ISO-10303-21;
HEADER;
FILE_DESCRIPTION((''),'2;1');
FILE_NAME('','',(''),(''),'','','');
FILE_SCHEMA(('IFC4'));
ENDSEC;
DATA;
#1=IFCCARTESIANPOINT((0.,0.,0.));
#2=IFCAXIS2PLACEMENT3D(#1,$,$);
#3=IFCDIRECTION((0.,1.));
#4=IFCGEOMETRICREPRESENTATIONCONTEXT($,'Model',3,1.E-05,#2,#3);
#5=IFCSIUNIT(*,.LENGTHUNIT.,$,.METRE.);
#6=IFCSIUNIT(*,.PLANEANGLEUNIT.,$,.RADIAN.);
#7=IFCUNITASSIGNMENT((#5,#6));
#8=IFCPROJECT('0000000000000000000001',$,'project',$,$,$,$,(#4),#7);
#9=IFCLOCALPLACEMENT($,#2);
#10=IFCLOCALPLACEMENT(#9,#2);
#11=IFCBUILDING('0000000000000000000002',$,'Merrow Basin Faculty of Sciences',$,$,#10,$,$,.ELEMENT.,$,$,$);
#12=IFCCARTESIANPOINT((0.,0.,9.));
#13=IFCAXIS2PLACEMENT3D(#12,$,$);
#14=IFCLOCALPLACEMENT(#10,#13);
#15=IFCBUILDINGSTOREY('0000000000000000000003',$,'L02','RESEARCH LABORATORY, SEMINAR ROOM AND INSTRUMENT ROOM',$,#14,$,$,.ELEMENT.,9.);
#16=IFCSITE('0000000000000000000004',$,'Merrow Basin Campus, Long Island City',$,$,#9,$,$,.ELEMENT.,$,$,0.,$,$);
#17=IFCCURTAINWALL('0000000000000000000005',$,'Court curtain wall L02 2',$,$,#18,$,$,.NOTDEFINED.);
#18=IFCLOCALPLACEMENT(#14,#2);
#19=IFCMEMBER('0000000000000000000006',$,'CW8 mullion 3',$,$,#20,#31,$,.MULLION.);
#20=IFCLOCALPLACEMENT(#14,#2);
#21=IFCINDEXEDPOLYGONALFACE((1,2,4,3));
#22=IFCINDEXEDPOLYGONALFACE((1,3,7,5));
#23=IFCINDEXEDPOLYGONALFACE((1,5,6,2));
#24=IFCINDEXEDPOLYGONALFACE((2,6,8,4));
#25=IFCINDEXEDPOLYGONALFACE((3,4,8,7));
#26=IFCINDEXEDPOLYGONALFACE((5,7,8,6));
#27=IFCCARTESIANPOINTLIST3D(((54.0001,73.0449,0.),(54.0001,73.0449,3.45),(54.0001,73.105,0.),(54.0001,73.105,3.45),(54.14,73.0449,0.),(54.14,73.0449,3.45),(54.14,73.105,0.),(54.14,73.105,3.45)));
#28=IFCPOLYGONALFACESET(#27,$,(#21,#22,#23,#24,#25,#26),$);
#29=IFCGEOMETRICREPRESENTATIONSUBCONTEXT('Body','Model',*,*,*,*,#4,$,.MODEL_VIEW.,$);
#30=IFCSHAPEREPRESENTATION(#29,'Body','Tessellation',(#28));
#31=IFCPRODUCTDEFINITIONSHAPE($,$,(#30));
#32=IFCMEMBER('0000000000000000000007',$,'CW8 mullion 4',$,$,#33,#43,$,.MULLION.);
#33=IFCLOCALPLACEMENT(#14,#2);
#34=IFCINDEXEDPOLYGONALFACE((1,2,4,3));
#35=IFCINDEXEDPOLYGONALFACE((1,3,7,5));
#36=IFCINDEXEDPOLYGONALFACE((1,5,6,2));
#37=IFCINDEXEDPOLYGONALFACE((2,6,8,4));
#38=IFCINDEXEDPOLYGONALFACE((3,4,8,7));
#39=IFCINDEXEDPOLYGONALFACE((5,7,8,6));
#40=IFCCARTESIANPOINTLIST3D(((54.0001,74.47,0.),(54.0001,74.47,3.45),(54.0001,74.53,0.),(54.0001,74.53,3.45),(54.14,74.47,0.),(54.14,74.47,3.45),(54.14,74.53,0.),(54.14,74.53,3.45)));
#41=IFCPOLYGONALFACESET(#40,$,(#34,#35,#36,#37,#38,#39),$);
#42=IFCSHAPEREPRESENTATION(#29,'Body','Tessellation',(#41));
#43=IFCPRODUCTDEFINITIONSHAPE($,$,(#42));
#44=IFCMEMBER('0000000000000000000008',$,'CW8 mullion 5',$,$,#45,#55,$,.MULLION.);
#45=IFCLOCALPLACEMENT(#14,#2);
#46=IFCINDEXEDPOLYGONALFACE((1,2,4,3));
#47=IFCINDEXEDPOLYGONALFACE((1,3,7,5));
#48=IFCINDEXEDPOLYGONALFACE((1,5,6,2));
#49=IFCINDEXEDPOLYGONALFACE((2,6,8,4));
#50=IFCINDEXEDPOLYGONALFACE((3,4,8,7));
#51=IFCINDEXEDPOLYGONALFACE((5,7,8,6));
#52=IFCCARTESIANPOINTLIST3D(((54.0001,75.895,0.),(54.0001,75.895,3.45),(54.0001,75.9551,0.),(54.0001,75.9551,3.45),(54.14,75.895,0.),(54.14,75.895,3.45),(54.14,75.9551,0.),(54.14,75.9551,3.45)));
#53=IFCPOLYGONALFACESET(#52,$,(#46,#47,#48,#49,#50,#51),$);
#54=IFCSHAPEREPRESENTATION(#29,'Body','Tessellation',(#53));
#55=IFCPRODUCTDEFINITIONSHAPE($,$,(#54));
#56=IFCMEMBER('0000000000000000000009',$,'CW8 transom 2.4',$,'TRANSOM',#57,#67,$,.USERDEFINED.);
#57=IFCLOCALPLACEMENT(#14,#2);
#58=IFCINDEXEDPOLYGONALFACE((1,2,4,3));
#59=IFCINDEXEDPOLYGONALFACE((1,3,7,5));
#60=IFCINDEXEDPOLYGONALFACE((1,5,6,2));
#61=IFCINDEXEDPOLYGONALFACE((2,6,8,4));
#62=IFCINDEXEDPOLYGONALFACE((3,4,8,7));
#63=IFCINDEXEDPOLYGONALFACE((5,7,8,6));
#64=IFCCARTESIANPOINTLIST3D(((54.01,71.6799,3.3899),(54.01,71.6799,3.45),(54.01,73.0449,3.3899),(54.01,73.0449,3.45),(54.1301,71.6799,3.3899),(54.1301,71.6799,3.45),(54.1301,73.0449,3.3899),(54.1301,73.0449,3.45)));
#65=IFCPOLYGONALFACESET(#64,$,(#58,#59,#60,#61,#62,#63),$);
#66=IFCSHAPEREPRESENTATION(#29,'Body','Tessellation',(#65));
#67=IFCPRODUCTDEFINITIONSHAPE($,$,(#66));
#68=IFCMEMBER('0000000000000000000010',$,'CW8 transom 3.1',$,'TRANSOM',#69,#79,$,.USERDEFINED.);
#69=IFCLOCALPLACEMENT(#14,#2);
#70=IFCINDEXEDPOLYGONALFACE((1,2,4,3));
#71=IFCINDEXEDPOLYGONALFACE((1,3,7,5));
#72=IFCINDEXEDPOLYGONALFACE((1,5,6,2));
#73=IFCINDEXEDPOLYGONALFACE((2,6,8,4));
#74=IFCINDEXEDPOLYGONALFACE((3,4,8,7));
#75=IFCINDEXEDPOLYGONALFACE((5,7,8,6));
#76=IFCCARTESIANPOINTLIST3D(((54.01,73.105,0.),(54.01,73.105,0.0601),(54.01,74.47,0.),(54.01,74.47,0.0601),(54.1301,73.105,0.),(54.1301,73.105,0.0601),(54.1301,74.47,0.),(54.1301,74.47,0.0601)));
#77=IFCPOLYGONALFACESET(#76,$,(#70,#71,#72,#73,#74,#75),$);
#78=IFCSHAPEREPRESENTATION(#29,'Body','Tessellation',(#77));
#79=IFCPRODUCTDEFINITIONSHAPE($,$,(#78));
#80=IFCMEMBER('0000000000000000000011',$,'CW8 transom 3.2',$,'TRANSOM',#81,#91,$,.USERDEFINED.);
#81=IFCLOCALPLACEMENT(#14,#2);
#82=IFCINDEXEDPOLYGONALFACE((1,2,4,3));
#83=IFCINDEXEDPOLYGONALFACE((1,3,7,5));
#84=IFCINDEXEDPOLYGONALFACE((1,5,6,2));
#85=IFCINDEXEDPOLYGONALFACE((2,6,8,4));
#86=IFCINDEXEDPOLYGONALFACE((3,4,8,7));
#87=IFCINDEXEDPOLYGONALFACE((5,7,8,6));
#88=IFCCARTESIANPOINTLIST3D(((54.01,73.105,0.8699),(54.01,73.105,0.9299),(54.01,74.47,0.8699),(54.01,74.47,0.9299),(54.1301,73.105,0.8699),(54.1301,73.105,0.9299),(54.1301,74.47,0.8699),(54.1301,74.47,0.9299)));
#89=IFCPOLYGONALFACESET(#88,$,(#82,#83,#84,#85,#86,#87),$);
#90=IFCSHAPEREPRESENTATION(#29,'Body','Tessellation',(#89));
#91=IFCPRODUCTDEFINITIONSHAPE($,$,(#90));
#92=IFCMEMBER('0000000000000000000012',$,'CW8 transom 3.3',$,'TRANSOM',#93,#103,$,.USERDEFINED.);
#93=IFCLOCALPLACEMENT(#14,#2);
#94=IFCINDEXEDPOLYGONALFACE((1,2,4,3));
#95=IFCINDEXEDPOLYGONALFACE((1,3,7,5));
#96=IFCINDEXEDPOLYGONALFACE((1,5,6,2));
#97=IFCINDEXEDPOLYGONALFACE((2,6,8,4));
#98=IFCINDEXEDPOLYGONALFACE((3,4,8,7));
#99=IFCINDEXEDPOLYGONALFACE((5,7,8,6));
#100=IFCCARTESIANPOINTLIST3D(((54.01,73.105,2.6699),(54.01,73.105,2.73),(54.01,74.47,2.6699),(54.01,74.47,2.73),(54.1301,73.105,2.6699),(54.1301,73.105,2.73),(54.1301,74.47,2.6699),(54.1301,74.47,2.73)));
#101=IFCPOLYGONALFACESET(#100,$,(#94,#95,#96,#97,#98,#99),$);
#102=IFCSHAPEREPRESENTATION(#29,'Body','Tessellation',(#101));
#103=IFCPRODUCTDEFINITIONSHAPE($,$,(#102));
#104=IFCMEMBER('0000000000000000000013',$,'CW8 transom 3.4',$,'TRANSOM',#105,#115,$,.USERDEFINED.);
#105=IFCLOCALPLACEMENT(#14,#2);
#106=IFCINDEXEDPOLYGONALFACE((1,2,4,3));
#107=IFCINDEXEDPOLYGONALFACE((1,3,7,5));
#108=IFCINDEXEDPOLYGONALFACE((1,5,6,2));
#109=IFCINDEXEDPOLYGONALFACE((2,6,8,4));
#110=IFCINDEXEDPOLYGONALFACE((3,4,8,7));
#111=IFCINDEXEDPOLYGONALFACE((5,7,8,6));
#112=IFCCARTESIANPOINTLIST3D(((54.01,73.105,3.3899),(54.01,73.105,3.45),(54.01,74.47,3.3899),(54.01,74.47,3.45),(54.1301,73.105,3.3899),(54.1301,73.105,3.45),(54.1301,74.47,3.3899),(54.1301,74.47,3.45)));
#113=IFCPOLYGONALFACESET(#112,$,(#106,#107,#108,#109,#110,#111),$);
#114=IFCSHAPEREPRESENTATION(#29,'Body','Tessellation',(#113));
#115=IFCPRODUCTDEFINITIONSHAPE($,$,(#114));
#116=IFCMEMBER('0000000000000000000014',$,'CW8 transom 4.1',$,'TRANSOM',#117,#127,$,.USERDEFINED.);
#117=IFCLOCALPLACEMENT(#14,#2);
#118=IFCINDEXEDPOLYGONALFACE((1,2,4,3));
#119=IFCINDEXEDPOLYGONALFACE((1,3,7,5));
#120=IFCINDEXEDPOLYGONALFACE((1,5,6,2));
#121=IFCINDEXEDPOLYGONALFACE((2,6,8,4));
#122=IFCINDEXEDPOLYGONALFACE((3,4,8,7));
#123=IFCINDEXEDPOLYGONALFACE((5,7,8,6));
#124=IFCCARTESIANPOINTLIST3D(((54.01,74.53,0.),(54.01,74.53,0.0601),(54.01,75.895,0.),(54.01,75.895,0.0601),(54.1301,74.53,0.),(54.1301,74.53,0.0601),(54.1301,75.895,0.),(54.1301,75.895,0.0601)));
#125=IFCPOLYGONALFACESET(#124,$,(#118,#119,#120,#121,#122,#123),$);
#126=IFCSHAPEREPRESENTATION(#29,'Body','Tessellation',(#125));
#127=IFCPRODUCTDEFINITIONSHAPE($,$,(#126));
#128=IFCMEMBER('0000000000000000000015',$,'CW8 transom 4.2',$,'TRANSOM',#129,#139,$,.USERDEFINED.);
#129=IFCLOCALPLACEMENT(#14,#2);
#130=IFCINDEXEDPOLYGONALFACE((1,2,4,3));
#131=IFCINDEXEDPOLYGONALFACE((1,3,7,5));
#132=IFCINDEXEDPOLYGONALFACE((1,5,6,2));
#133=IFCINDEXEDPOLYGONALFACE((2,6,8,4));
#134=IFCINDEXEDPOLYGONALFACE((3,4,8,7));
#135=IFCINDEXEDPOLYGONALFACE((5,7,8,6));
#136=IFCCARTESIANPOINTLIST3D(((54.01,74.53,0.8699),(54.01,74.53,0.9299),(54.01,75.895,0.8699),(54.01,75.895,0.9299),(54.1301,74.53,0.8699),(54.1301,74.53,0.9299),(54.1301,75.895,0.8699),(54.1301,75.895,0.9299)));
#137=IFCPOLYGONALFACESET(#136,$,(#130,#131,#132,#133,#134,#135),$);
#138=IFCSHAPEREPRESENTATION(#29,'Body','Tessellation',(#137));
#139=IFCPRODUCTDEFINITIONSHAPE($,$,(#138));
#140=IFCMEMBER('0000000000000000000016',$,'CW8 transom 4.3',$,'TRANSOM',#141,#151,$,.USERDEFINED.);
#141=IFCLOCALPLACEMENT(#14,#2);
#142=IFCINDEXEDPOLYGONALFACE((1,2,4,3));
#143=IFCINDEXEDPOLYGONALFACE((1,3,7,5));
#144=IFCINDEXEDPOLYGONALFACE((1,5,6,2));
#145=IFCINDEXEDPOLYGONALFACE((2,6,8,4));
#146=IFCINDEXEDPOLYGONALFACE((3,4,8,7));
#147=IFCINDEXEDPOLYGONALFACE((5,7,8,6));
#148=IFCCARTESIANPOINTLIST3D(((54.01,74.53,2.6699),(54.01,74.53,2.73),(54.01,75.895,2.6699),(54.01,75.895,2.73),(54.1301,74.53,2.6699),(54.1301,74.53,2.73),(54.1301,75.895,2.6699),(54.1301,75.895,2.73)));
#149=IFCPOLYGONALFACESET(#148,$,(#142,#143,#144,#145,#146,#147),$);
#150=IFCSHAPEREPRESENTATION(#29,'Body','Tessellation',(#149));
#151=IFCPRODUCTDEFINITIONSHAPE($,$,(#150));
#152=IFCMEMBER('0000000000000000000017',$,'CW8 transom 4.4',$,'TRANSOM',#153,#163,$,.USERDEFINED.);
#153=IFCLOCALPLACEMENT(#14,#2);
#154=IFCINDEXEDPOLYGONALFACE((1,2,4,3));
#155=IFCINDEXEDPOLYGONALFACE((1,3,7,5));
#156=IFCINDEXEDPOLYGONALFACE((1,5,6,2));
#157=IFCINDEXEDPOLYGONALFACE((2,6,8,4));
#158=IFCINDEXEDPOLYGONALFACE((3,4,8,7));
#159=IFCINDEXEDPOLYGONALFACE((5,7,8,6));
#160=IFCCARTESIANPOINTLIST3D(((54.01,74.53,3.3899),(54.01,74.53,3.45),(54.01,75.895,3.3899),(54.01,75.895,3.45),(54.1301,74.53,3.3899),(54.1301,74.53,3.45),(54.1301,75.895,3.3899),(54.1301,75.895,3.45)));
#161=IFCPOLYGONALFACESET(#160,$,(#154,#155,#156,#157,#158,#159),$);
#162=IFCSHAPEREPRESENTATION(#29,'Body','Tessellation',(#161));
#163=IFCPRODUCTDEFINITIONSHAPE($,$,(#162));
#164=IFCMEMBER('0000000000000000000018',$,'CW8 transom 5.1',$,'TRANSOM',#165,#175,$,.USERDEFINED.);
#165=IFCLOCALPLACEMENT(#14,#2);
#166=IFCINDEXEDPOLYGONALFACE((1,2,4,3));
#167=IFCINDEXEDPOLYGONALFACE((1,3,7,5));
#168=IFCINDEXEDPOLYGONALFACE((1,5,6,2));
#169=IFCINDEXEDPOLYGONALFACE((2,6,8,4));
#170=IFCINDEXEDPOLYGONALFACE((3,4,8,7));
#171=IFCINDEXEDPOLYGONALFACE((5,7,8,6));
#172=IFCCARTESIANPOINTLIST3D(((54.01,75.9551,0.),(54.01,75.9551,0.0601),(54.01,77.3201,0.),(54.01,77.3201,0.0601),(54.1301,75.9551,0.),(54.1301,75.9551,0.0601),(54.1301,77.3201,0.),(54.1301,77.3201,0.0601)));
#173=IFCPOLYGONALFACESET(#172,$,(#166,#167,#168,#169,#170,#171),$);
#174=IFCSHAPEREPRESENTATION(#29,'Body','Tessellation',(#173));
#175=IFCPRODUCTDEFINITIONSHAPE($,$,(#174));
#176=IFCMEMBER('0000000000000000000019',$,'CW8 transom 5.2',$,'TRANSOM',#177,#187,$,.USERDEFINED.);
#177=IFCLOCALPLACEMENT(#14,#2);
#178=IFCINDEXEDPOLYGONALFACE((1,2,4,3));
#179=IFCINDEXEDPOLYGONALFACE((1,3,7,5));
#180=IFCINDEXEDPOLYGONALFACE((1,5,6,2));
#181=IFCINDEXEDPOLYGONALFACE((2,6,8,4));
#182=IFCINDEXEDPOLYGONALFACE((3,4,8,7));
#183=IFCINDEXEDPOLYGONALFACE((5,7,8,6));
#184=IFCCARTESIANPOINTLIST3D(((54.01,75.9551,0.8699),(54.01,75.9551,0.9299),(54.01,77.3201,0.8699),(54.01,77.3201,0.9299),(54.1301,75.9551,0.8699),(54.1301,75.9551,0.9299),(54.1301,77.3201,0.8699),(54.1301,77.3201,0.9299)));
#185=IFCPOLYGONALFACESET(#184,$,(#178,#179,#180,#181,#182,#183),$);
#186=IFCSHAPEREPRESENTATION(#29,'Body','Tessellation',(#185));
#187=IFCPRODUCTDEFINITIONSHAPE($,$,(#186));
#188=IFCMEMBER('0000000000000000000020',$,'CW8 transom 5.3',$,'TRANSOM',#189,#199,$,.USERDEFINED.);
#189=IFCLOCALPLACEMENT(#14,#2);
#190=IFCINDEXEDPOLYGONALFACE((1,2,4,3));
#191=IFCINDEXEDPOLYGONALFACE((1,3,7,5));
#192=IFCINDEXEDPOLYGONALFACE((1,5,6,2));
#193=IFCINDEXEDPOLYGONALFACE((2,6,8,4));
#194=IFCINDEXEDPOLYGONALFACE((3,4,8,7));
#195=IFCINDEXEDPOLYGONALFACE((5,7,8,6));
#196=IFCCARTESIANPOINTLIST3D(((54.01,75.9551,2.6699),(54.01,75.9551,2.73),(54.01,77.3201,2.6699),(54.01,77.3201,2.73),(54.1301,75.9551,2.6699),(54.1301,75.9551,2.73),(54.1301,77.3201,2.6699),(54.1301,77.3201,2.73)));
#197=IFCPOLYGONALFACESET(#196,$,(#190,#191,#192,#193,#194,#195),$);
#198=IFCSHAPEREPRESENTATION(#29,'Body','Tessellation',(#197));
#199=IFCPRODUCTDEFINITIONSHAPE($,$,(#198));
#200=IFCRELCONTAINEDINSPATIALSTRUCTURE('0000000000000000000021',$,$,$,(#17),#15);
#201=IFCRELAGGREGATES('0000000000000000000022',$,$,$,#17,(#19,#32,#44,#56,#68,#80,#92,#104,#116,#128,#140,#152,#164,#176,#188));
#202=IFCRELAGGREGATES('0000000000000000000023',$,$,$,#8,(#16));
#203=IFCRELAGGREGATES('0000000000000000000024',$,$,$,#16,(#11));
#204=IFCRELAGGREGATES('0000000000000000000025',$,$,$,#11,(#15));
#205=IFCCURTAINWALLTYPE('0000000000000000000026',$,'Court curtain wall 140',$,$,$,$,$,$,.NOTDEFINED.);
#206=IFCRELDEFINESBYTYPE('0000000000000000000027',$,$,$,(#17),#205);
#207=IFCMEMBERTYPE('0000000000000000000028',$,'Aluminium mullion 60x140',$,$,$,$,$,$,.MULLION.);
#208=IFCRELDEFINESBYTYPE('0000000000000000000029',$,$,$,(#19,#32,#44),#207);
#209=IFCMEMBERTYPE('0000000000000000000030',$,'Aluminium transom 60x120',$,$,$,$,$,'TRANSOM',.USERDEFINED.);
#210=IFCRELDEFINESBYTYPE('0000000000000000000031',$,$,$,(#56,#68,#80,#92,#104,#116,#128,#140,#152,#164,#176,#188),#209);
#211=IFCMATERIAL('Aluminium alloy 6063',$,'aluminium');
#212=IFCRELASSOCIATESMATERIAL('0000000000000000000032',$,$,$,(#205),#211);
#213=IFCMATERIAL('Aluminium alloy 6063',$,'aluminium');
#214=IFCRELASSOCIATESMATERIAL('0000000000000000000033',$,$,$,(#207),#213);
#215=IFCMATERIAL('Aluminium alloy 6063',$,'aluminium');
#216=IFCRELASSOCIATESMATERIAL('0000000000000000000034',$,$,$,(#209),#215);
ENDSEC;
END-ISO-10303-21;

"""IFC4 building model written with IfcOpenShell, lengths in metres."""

from ifc_helpers import new_model, si_unit, direction, frame, origin, origin_2d, place, context, subcontext, project, spatial, rectangle, extrude, material, material_profile, profile_set, type_object, element, aggregate, save


model = new_model("IFC4")

# Units and contexts
model_context = context("Model", 3, precision=1e-05, world=origin(), true_north=direction((0.0, 1.0)))
body_context = subcontext(model_context, "Body", "Model", "MODEL_VIEW")
ifc_project = project(units=[si_unit("LENGTHUNIT", "METRE"), si_unit("PLANEANGLEUNIT", "RADIAN")], contexts=[model_context])

# Site, building, storey
site_placement = place(None, origin())
site = spatial("IfcSite", under=ifc_project, at=site_placement, Name="Merrow Basin Campus, Long Island City", CompositionType="ELEMENT", RefElevation=0.0)
building_placement = place(site_placement, origin())
building = spatial("IfcBuilding", under=site, at=building_placement, Name="Merrow Basin Faculty of Sciences", CompositionType="ELEMENT")
storey_placement = place(building_placement, frame((0.0, 0.0, 9.0)))
storey = spatial("IfcBuildingStorey", under=building, at=storey_placement, Name="L02", Description="RESEARCH LABORATORY, SEMINAR ROOM AND INSTRUMENT ROOM", CompositionType="ELEMENT", Elevation=9.0)

# Curtain wall, members
ifc_material_1 = material(Name="Aluminium alloy 6063", Category="aluminium")
curtain_wall_type = type_object("IfcCurtainWallType", Name="Court curtain wall 140", PredefinedType="NOTDEFINED", material=ifc_material_1)
curtain_wall_placement = place(storey_placement, origin())
curtain_wall = element("IfcCurtainWall", 1, at=curtain_wall_placement, inside=storey, type_object=curtain_wall_type, Name="Court curtain wall L02 2", PredefinedType="NOTDEFINED")
ifc_material_2 = material(Name="Aluminium alloy 6063", Category="aluminium")
ifc_material_profile_1 = material_profile(ifc_material_2, rectangle(XDim=0.1399, YDim=0.0601, at=origin_2d()))
ifc_profile_set_1 = profile_set([ifc_material_profile_1], Name="Aluminium alloy 6063")
member_type_1 = type_object("IfcMemberType", Name="Aluminium mullion 60x140", PredefinedType="MULLION", material=ifc_profile_set_1)
member_1_placement = place(storey_placement, frame((54.0701, 73.075, 0.0), z_axis=(0.0, 0.0, 1.0), x_axis=(-1.0, 0.0, 0.0)))
member_1 = element("IfcMember", 2, at=member_1_placement, type_object=member_type_1, Name="CW8 mullion 3", PredefinedType="MULLION", context=body_context, shape_type="SweptSolid", body=[
    extrude(rectangle(XDim=0.1399, YDim=0.0601, at=origin_2d()), origin(), (0.0, 0.0, 1.0), 3.45),
])
member_2_placement = place(storey_placement, frame((54.0701, 74.5, 0.0), z_axis=(0.0, 0.0, 1.0), x_axis=(-1.0, 0.0, 0.0)))
member_2 = element("IfcMember", 3, at=member_2_placement, type_object=member_type_1, Name="CW8 mullion 4", PredefinedType="MULLION", context=body_context, shape_type="SweptSolid", body=[
    extrude(rectangle(XDim=0.1399, YDim=0.0601, at=origin_2d()), origin(), (0.0, 0.0, 1.0), 3.45),
])
member_3_placement = place(storey_placement, frame((54.0701, 75.925, 0.0), z_axis=(0.0, 0.0, 1.0), x_axis=(-1.0, 0.0, 0.0)))
member_3 = element("IfcMember", 4, at=member_3_placement, type_object=member_type_1, Name="CW8 mullion 5", PredefinedType="MULLION", context=body_context, shape_type="SweptSolid", body=[
    extrude(rectangle(XDim=0.1399, YDim=0.0601, at=origin_2d()), origin(), (0.0, 0.0, 1.0), 3.45),
])
ifc_material_3 = material(Name="Aluminium alloy 6063", Category="aluminium")
ifc_material_profile_2 = material_profile(ifc_material_3, rectangle(XDim=0.1201, YDim=0.0601, at=origin_2d()))
ifc_profile_set_2 = profile_set([ifc_material_profile_2], Name="Aluminium alloy 6063")
member_type_2 = type_object("IfcMemberType", Name="Aluminium transom 60x120", ElementType="TRANSOM", PredefinedType="USERDEFINED", material=ifc_profile_set_2)
member_4_placement = place(storey_placement, frame((54.0701, 71.6799, 3.4199), z_axis=(0.0, 1.0, 0.0), x_axis=(-1.0, 0.0, 0.0)))
member_4 = element("IfcMember", 5, at=member_4_placement, type_object=member_type_2, Name="CW8 transom 2.4", ObjectType="TRANSOM", PredefinedType="USERDEFINED", context=body_context, shape_type="SweptSolid", body=[
    extrude(rectangle(XDim=0.1201, YDim=0.0601, at=origin_2d()), origin(), (0.0, 0.0, 1.0), 1.365),
])
member_5_placement = place(storey_placement, frame((54.0701, 73.105, 0.03), z_axis=(0.0, 1.0, 0.0), x_axis=(-1.0, 0.0, 0.0)))
member_5 = element("IfcMember", 6, at=member_5_placement, type_object=member_type_2, Name="CW8 transom 3.1", ObjectType="TRANSOM", PredefinedType="USERDEFINED", context=body_context, shape_type="SweptSolid", body=[
    extrude(rectangle(XDim=0.1201, YDim=0.0601, at=origin_2d()), origin(), (0.0, 0.0, 1.0), 1.365),
])
member_6_placement = place(storey_placement, frame((54.0701, 73.105, 0.8999), z_axis=(0.0, 1.0, 0.0), x_axis=(-1.0, 0.0, 0.0)))
member_6 = element("IfcMember", 7, at=member_6_placement, type_object=member_type_2, Name="CW8 transom 3.2", ObjectType="TRANSOM", PredefinedType="USERDEFINED", context=body_context, shape_type="SweptSolid", body=[
    extrude(rectangle(XDim=0.1201, YDim=0.0601, at=origin_2d()), origin(), (0.0, 0.0, 1.0), 1.365),
])
member_7_placement = place(storey_placement, frame((54.0701, 73.105, 2.7), z_axis=(0.0, 1.0, 0.0), x_axis=(-1.0, 0.0, 0.0)))
member_7 = element("IfcMember", 8, at=member_7_placement, type_object=member_type_2, Name="CW8 transom 3.3", ObjectType="TRANSOM", PredefinedType="USERDEFINED", context=body_context, shape_type="SweptSolid", body=[
    extrude(rectangle(XDim=0.1201, YDim=0.0601, at=origin_2d()), origin(), (0.0, 0.0, 1.0), 1.365),
])
member_8_placement = place(storey_placement, frame((54.0701, 73.105, 3.4199), z_axis=(0.0, 1.0, 0.0), x_axis=(-1.0, 0.0, 0.0)))
member_8 = element("IfcMember", 9, at=member_8_placement, type_object=member_type_2, Name="CW8 transom 3.4", ObjectType="TRANSOM", PredefinedType="USERDEFINED", context=body_context, shape_type="SweptSolid", body=[
    extrude(rectangle(XDim=0.1201, YDim=0.0601, at=origin_2d()), origin(), (0.0, 0.0, 1.0), 1.365),
])
member_9_placement = place(storey_placement, frame((54.0701, 74.53, 0.03), z_axis=(0.0, 1.0, 0.0), x_axis=(-1.0, 0.0, 0.0)))
member_9 = element("IfcMember", 10, at=member_9_placement, type_object=member_type_2, Name="CW8 transom 4.1", ObjectType="TRANSOM", PredefinedType="USERDEFINED", context=body_context, shape_type="SweptSolid", body=[
    extrude(rectangle(XDim=0.1201, YDim=0.0601, at=origin_2d()), origin(), (0.0, 0.0, 1.0), 1.365),
])
member_10_placement = place(storey_placement, frame((54.0701, 74.53, 0.8999), z_axis=(0.0, 1.0, 0.0), x_axis=(-1.0, 0.0, 0.0)))
member_10 = element("IfcMember", 11, at=member_10_placement, type_object=member_type_2, Name="CW8 transom 4.2", ObjectType="TRANSOM", PredefinedType="USERDEFINED", context=body_context, shape_type="SweptSolid", body=[
    extrude(rectangle(XDim=0.1201, YDim=0.0601, at=origin_2d()), origin(), (0.0, 0.0, 1.0), 1.365),
])
member_11_placement = place(storey_placement, frame((54.0701, 74.53, 2.7), z_axis=(0.0, 1.0, 0.0), x_axis=(-1.0, 0.0, 0.0)))
member_11 = element("IfcMember", 12, at=member_11_placement, type_object=member_type_2, Name="CW8 transom 4.3", ObjectType="TRANSOM", PredefinedType="USERDEFINED", context=body_context, shape_type="SweptSolid", body=[
    extrude(rectangle(XDim=0.1201, YDim=0.0601, at=origin_2d()), origin(), (0.0, 0.0, 1.0), 1.365),
])
member_12_placement = place(storey_placement, frame((54.0701, 74.53, 3.4199), z_axis=(0.0, 1.0, 0.0), x_axis=(-1.0, 0.0, 0.0)))
member_12 = element("IfcMember", 13, at=member_12_placement, type_object=member_type_2, Name="CW8 transom 4.4", ObjectType="TRANSOM", PredefinedType="USERDEFINED", context=body_context, shape_type="SweptSolid", body=[
    extrude(rectangle(XDim=0.1201, YDim=0.0601, at=origin_2d()), origin(), (0.0, 0.0, 1.0), 1.365),
])
member_13_placement = place(storey_placement, frame((54.0701, 75.9551, 0.03), z_axis=(0.0, 1.0, 0.0), x_axis=(-1.0, 0.0, 0.0)))
member_13 = element("IfcMember", 14, at=member_13_placement, type_object=member_type_2, Name="CW8 transom 5.1", ObjectType="TRANSOM", PredefinedType="USERDEFINED", context=body_context, shape_type="SweptSolid", body=[
    extrude(rectangle(XDim=0.1201, YDim=0.0601, at=origin_2d()), origin(), (0.0, 0.0, 1.0), 1.365),
])
member_14_placement = place(storey_placement, frame((54.0701, 75.9551, 0.8999), z_axis=(0.0, 1.0, 0.0), x_axis=(-1.0, 0.0, 0.0)))
member_14 = element("IfcMember", 15, at=member_14_placement, type_object=member_type_2, Name="CW8 transom 5.2", ObjectType="TRANSOM", PredefinedType="USERDEFINED", context=body_context, shape_type="SweptSolid", body=[
    extrude(rectangle(XDim=0.1201, YDim=0.0601, at=origin_2d()), origin(), (0.0, 0.0, 1.0), 1.365),
])
member_15_placement = place(storey_placement, frame((54.0701, 75.9551, 2.7), z_axis=(0.0, 1.0, 0.0), x_axis=(-1.0, 0.0, 0.0)))
member_15 = element("IfcMember", 16, at=member_15_placement, type_object=member_type_2, Name="CW8 transom 5.3", ObjectType="TRANSOM", PredefinedType="USERDEFINED", context=body_context, shape_type="SweptSolid", body=[
    extrude(rectangle(XDim=0.1201, YDim=0.0601, at=origin_2d()), origin(), (0.0, 0.0, 1.0), 1.365),
])
aggregate(curtain_wall, [member_1, member_2, member_3, member_4, member_5, member_6, member_7, member_8, member_9, member_10, member_11, member_12, member_13, member_14, member_15])

save(model, "model.ifc")
